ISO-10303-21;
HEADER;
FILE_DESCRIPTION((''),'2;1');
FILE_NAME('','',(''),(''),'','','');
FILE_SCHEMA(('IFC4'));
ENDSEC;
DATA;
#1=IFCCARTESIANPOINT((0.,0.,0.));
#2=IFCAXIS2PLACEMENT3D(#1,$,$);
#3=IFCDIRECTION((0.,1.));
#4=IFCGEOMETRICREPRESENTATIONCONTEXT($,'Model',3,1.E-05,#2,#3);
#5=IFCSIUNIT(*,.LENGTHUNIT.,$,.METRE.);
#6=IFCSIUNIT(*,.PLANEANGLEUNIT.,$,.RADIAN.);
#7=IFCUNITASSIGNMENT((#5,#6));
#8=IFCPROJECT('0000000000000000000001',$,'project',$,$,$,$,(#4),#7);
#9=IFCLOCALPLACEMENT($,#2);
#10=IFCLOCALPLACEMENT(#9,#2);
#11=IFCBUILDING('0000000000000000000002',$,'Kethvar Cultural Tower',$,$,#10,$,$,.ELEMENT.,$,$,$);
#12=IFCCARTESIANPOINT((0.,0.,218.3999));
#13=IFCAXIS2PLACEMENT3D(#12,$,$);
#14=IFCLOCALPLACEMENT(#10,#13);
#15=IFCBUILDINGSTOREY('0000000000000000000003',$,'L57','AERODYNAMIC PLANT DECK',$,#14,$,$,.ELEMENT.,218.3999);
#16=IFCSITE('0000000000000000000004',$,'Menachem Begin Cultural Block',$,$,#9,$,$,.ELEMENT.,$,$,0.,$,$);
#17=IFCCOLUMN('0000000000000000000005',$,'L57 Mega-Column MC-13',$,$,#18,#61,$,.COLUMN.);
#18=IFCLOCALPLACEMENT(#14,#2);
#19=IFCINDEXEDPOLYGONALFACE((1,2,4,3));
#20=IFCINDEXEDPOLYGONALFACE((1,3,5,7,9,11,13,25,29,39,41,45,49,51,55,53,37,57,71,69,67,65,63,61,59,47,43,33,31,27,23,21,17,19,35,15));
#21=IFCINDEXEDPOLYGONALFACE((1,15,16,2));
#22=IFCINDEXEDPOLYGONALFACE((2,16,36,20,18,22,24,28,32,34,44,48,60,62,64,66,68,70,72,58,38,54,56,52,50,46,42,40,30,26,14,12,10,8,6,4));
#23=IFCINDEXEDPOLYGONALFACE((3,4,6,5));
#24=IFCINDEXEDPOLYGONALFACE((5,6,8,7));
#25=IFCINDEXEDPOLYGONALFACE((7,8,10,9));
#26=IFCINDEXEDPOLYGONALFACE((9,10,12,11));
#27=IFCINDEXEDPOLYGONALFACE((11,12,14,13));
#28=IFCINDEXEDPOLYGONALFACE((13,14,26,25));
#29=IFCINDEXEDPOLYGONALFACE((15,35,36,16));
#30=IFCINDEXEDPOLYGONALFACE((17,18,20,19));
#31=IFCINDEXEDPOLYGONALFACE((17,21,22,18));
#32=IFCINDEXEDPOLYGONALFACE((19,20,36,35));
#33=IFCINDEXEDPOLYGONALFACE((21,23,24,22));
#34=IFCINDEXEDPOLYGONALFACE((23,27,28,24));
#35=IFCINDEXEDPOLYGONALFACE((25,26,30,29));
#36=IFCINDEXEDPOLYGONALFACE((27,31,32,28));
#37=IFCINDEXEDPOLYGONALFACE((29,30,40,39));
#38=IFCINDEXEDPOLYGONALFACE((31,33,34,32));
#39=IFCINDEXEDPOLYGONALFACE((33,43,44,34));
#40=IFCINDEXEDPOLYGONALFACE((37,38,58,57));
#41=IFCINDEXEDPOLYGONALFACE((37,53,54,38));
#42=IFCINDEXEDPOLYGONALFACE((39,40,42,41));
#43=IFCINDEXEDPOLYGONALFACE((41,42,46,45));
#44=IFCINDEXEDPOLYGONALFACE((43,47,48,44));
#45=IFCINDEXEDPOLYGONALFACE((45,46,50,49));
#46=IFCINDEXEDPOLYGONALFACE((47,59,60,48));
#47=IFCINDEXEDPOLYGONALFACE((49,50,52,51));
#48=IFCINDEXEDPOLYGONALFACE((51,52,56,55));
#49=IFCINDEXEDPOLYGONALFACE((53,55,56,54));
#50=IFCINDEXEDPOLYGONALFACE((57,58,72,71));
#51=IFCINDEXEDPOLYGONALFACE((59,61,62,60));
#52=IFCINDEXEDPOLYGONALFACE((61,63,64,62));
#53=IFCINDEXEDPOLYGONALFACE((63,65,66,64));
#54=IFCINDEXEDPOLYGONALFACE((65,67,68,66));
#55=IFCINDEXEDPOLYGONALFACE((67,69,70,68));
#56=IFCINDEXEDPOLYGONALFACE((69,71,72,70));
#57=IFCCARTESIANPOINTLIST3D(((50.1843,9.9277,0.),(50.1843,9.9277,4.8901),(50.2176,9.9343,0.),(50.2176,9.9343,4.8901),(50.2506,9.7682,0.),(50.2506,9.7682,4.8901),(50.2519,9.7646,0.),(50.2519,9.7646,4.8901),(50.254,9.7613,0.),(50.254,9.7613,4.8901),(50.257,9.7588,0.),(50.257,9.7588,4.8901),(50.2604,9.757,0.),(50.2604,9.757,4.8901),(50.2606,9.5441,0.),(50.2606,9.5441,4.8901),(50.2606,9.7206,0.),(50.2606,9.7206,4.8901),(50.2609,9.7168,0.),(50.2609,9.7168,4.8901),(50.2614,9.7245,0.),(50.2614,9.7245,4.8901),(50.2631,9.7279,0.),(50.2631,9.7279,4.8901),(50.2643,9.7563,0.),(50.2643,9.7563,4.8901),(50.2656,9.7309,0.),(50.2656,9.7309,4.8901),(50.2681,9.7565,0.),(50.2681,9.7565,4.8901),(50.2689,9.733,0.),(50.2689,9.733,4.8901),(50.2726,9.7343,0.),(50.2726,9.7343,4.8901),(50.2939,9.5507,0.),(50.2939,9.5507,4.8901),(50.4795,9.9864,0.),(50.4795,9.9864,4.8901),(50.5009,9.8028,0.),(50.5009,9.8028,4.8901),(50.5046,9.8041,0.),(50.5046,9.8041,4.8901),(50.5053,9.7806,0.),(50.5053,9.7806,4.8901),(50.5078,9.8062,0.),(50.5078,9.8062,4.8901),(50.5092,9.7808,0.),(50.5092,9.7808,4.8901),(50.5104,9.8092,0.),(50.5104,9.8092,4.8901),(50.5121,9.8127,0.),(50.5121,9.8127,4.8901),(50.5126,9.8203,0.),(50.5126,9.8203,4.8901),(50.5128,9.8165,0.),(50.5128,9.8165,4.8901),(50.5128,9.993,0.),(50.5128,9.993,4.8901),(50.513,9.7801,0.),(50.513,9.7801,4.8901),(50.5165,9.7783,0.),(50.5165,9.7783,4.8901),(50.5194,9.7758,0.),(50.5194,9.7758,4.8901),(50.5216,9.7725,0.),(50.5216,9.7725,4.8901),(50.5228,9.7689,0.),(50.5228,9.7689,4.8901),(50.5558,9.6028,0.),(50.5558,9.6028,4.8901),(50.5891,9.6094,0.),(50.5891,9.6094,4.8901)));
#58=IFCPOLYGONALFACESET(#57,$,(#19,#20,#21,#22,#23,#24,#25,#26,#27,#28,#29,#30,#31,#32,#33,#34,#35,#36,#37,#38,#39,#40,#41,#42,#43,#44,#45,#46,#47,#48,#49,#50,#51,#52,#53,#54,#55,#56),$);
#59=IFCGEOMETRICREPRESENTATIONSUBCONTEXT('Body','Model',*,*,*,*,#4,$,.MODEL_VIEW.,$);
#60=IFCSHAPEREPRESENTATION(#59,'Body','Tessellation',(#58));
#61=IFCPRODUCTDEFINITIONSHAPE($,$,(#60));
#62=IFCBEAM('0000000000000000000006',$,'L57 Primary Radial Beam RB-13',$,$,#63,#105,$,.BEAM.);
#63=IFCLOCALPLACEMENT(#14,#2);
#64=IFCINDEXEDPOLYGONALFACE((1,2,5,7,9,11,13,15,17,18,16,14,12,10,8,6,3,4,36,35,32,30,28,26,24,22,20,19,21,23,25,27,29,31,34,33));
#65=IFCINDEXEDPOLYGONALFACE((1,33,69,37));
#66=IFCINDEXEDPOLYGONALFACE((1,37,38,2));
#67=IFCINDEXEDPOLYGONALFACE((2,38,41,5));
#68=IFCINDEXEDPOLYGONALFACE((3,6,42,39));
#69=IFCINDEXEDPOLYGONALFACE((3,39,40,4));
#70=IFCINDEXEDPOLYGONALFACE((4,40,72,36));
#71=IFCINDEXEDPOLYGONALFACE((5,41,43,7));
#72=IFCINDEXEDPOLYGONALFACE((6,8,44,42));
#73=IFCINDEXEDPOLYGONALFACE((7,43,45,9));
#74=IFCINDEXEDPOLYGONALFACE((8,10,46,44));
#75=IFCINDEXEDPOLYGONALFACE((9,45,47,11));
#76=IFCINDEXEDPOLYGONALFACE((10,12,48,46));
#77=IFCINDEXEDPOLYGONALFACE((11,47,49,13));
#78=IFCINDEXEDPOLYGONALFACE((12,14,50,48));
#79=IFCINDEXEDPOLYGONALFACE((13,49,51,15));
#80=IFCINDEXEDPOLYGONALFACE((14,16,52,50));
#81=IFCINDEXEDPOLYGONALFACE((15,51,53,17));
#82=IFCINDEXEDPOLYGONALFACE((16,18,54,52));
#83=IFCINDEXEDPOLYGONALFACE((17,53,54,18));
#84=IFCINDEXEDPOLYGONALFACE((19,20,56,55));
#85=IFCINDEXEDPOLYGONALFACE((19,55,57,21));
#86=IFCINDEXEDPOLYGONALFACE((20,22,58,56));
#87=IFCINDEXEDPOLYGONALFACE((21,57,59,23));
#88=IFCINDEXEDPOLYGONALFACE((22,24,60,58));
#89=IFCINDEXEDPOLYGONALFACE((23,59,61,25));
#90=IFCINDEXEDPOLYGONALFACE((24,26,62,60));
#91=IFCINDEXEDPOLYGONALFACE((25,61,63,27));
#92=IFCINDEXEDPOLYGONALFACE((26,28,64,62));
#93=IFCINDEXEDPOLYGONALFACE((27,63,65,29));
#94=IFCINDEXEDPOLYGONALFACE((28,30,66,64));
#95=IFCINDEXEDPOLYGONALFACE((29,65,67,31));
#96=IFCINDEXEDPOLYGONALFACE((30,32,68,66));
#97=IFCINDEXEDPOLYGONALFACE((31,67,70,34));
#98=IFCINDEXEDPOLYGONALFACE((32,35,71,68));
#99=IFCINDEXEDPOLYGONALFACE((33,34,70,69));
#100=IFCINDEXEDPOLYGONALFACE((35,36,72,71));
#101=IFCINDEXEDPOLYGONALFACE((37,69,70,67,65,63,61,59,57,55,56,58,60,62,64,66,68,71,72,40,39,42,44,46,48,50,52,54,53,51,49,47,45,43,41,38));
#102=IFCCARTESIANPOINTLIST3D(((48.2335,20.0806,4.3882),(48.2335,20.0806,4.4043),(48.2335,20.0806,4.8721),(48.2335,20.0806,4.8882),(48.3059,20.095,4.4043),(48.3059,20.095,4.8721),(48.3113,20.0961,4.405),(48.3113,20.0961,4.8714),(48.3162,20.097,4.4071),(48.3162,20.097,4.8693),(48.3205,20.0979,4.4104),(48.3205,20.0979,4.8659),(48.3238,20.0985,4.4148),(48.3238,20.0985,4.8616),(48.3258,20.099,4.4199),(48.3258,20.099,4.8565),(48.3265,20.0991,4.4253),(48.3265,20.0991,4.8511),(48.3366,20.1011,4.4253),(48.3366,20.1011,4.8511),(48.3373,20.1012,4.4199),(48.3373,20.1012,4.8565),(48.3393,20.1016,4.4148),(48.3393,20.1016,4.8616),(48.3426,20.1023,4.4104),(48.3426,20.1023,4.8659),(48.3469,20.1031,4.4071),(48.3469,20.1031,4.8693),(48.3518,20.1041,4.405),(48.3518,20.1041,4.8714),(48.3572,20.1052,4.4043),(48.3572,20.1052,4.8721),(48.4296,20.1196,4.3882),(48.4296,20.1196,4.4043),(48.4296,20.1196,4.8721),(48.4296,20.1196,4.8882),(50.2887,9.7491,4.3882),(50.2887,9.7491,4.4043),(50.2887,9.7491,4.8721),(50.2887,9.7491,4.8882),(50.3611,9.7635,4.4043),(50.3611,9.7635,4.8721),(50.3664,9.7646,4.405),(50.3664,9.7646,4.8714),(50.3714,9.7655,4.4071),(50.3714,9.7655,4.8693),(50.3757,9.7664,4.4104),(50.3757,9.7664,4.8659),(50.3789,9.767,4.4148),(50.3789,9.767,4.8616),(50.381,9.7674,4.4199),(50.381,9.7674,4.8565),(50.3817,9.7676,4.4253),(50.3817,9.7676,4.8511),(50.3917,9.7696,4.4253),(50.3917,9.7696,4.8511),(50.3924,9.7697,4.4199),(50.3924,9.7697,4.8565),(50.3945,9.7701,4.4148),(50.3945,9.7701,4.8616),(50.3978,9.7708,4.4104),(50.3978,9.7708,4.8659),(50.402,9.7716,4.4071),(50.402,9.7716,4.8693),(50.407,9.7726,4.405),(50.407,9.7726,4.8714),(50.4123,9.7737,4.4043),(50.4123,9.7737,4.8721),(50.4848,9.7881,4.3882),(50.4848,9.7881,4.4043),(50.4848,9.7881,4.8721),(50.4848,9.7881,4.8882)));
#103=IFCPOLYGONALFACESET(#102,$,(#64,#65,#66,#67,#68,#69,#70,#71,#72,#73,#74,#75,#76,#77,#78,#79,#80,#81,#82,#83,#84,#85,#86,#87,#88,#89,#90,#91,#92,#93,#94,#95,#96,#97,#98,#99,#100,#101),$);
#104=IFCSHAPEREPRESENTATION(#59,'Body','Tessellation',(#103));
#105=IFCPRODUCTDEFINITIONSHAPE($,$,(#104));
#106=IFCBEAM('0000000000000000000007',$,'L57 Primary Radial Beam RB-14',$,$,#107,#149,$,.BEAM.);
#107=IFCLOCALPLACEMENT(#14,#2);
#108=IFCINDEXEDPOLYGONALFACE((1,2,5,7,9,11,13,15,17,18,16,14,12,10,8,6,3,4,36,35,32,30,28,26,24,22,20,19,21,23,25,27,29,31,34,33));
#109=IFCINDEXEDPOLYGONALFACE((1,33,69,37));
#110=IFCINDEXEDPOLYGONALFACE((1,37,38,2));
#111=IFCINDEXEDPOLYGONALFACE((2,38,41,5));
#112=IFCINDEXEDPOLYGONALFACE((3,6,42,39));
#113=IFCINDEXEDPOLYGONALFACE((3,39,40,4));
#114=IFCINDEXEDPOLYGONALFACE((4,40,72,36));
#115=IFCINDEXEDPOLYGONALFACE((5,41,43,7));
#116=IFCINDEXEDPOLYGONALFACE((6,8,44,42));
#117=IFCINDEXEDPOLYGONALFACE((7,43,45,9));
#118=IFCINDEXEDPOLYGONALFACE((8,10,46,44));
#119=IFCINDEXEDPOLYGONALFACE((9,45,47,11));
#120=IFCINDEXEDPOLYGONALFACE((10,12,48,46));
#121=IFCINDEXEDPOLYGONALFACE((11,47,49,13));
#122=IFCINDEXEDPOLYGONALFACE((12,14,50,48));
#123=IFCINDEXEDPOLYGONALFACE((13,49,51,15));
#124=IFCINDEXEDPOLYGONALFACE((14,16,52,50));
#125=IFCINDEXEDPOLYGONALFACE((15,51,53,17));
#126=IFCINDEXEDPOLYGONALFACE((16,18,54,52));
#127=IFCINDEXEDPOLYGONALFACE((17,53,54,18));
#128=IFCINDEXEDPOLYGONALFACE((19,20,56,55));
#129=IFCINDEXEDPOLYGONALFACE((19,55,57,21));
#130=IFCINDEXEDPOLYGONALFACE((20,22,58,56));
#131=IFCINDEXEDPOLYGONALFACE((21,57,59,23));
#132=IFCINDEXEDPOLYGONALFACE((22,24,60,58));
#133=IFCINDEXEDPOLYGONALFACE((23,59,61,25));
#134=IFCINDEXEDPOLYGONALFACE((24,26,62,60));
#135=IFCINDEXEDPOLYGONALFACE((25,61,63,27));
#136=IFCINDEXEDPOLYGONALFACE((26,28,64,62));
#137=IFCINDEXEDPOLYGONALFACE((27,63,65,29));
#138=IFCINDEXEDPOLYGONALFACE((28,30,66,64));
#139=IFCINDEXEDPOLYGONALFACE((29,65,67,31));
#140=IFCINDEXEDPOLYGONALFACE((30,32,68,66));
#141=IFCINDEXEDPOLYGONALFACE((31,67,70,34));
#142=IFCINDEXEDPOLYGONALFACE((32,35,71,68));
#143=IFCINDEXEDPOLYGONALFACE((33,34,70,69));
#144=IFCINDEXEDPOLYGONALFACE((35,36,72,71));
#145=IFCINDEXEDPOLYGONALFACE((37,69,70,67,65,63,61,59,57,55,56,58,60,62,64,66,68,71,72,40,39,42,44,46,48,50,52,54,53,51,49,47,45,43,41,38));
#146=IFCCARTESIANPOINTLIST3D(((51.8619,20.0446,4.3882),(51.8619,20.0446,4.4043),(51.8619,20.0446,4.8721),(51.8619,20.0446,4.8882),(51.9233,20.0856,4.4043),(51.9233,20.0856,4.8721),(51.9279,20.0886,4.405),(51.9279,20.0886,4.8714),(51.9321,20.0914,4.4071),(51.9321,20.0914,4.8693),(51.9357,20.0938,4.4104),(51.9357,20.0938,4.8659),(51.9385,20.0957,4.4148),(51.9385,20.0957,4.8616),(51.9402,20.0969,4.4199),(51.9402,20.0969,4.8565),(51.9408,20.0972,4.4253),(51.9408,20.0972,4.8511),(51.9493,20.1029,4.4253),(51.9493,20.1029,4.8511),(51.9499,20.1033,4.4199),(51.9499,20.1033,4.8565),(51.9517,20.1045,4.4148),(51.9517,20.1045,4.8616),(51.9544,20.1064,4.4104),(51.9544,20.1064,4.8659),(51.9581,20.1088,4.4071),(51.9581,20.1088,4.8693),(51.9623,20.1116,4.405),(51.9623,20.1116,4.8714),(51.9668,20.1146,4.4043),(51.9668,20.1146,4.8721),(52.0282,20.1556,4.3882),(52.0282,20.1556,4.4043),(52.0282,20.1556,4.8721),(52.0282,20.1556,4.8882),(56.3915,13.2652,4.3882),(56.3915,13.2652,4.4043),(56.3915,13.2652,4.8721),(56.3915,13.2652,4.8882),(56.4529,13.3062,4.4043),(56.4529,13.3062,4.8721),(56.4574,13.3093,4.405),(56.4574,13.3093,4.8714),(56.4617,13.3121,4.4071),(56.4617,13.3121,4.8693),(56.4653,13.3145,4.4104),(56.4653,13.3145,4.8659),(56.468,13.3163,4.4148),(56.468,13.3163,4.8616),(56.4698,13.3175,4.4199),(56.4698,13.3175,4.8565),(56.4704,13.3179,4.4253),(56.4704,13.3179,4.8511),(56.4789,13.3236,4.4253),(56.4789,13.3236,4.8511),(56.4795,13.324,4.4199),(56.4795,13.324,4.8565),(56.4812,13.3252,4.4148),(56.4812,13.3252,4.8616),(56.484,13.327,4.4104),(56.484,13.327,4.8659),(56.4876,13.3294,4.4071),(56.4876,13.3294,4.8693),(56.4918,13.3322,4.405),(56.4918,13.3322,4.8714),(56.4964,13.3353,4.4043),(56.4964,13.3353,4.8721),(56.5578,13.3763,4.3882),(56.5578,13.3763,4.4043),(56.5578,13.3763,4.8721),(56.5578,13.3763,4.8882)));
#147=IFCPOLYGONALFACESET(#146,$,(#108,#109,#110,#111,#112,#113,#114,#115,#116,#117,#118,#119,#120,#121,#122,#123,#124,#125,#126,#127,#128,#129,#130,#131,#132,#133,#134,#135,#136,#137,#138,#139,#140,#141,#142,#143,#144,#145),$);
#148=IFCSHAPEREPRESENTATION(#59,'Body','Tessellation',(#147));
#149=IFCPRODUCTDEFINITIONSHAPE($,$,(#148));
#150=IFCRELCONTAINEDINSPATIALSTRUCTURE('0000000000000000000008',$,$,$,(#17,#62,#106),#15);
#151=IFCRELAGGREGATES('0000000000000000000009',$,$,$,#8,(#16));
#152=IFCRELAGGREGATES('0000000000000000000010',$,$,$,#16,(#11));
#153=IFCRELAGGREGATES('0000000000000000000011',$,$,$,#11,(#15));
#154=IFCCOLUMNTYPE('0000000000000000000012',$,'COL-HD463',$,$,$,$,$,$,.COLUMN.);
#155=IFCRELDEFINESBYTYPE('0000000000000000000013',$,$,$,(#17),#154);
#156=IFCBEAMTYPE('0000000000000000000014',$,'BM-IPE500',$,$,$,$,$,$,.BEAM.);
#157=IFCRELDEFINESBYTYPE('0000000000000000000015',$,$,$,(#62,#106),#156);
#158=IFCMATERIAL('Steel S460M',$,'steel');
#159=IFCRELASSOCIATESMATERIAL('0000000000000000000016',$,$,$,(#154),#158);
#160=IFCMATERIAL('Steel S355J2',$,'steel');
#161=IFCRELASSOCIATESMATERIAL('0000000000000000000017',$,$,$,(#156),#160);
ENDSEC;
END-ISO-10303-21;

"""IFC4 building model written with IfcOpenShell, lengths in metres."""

from ifc_helpers import new_model, si_unit, direction, frame, origin, origin_2d, place, context, subcontext, project, spatial, i_section, extrude, source, transform, mapped, material, material_profile, profile_set, type_object, element, save


model = new_model("IFC4")

# Units and contexts
model_context = context("Model", 3, precision=1e-05, world=origin(), true_north=direction((0.0, 1.0)))
body_context = subcontext(model_context, "Body", "Model", "MODEL_VIEW")
ifc_project = project(units=[si_unit("LENGTHUNIT", "METRE"), si_unit("PLANEANGLEUNIT", "RADIAN")], contexts=[model_context])

# Site, building, storey
site_placement = place(None, origin())
site = spatial("IfcSite", under=ifc_project, at=site_placement, Name="Menachem Begin Cultural Block", CompositionType="ELEMENT", RefElevation=0.0)
building_placement = place(site_placement, origin())
building = spatial("IfcBuilding", under=site, at=building_placement, Name="Kethvar Cultural Tower", CompositionType="ELEMENT")
storey_placement = place(building_placement, frame((0.0, 0.0, 218.3999)))
storey = spatial("IfcBuildingStorey", under=building, at=storey_placement, Name="L57", Description="AERODYNAMIC PLANT DECK", CompositionType="ELEMENT", Elevation=218.3999)

# Column
ifc_material_1 = material(Name="Steel S460M", Category="steel")
ifc_material_profile_1 = material_profile(ifc_material_1, i_section(OverallWidth=0.3911, OverallDepth=0.335, WebThickness=0.0227, FlangeThickness=0.0339, FilletRadius=0.0149, at=origin_2d()), Name="Steel S460M — HD400x463")
ifc_profile_set_1 = profile_set([ifc_material_profile_1], Name="Steel S460M — HD400x463")
column_type = type_object("IfcColumnType", Name="COL-HD463", PredefinedType="COLUMN", material=ifc_profile_set_1)
shared_shape_1 = source(origin(), body_context, "Body", "SweptSolid", [
    extrude(i_section(OverallWidth=0.3911, OverallDepth=0.335, WebThickness=0.0227, FlangeThickness=0.0339, FilletRadius=0.0149, at=origin_2d()), origin(), (0.0, 0.0, 1.0), 4.8901),
])
column_placement = place(storey_placement, frame((50.3867, 9.7686, 0.0), z_axis=(0.0, 0.0, 1.0), x_axis=(0.19509, -0.980785, 0.0)))
element("IfcColumn", 1, at=column_placement, inside=storey, type_object=column_type, Name="L57 Mega-Column MC-13", PredefinedType="COLUMN", context=body_context, shape_type="MappedRepresentation", body=[
    mapped(shared_shape_1, transform((0.0, 0.0, 0.0), scale=1.0)),
])

# Beams
ifc_material_2 = material(Name="Steel S355J2", Category="steel")
ifc_material_profile_2 = material_profile(ifc_material_2, i_section(OverallWidth=0.2, OverallDepth=0.5, WebThickness=0.0103, FlangeThickness=0.0161, FilletRadius=0.021, at=origin_2d()), Name="Steel S355J2 — IPE500")
ifc_profile_set_2 = profile_set([ifc_material_profile_2], Name="Steel S355J2 — IPE500")
beam_type_1 = type_object("IfcBeamType", Name="BM-IPE500", PredefinedType="BEAM", material=ifc_profile_set_2)
shared_shape_2 = source(origin(), body_context, "Body", "SweptSolid", [
    extrude(i_section(OverallWidth=0.2, OverallDepth=0.5, WebThickness=0.0103, FlangeThickness=0.0161, FilletRadius=0.021, at=origin_2d()), origin(), (0.0, 0.0, 1.0), 10.5339),
])
beam_1_placement = place(storey_placement, frame((48.3315, 20.1001, 4.6382), z_axis=(0.1951, -0.980783, 0.0), x_axis=(0.980783, 0.1951, 0.0)))
element("IfcBeam", 2, at=beam_1_placement, inside=storey, type_object=beam_type_1, Name="L57 Primary Radial Beam RB-13", PredefinedType="BEAM", context=body_context, shape_type="MappedRepresentation", body=[
    mapped(shared_shape_2, transform((0.0, 0.0, 0.0), scale=1.0)),
])
shared_shape_3 = source(origin(), body_context, "Body", "SweptSolid", [
    extrude(i_section(OverallWidth=0.2, OverallDepth=0.5, WebThickness=0.0103, FlangeThickness=0.0161, FilletRadius=0.021, at=origin_2d()), origin(), (0.0, 0.0, 1.0), 8.1533),
])
beam_2_placement = place(storey_placement, frame((51.9451, 20.1001, 4.6382), z_axis=(0.55555, -0.831483, 0.0), x_axis=(0.831483, 0.55555, 0.0)))
element("IfcBeam", 3, at=beam_2_placement, inside=storey, type_object=beam_type_1, Name="L57 Primary Radial Beam RB-14", PredefinedType="BEAM", context=body_context, shape_type="MappedRepresentation", body=[
    mapped(shared_shape_3, transform((0.0, 0.0, 0.0), scale=1.0)),
])

save(model, "model.ifc")
